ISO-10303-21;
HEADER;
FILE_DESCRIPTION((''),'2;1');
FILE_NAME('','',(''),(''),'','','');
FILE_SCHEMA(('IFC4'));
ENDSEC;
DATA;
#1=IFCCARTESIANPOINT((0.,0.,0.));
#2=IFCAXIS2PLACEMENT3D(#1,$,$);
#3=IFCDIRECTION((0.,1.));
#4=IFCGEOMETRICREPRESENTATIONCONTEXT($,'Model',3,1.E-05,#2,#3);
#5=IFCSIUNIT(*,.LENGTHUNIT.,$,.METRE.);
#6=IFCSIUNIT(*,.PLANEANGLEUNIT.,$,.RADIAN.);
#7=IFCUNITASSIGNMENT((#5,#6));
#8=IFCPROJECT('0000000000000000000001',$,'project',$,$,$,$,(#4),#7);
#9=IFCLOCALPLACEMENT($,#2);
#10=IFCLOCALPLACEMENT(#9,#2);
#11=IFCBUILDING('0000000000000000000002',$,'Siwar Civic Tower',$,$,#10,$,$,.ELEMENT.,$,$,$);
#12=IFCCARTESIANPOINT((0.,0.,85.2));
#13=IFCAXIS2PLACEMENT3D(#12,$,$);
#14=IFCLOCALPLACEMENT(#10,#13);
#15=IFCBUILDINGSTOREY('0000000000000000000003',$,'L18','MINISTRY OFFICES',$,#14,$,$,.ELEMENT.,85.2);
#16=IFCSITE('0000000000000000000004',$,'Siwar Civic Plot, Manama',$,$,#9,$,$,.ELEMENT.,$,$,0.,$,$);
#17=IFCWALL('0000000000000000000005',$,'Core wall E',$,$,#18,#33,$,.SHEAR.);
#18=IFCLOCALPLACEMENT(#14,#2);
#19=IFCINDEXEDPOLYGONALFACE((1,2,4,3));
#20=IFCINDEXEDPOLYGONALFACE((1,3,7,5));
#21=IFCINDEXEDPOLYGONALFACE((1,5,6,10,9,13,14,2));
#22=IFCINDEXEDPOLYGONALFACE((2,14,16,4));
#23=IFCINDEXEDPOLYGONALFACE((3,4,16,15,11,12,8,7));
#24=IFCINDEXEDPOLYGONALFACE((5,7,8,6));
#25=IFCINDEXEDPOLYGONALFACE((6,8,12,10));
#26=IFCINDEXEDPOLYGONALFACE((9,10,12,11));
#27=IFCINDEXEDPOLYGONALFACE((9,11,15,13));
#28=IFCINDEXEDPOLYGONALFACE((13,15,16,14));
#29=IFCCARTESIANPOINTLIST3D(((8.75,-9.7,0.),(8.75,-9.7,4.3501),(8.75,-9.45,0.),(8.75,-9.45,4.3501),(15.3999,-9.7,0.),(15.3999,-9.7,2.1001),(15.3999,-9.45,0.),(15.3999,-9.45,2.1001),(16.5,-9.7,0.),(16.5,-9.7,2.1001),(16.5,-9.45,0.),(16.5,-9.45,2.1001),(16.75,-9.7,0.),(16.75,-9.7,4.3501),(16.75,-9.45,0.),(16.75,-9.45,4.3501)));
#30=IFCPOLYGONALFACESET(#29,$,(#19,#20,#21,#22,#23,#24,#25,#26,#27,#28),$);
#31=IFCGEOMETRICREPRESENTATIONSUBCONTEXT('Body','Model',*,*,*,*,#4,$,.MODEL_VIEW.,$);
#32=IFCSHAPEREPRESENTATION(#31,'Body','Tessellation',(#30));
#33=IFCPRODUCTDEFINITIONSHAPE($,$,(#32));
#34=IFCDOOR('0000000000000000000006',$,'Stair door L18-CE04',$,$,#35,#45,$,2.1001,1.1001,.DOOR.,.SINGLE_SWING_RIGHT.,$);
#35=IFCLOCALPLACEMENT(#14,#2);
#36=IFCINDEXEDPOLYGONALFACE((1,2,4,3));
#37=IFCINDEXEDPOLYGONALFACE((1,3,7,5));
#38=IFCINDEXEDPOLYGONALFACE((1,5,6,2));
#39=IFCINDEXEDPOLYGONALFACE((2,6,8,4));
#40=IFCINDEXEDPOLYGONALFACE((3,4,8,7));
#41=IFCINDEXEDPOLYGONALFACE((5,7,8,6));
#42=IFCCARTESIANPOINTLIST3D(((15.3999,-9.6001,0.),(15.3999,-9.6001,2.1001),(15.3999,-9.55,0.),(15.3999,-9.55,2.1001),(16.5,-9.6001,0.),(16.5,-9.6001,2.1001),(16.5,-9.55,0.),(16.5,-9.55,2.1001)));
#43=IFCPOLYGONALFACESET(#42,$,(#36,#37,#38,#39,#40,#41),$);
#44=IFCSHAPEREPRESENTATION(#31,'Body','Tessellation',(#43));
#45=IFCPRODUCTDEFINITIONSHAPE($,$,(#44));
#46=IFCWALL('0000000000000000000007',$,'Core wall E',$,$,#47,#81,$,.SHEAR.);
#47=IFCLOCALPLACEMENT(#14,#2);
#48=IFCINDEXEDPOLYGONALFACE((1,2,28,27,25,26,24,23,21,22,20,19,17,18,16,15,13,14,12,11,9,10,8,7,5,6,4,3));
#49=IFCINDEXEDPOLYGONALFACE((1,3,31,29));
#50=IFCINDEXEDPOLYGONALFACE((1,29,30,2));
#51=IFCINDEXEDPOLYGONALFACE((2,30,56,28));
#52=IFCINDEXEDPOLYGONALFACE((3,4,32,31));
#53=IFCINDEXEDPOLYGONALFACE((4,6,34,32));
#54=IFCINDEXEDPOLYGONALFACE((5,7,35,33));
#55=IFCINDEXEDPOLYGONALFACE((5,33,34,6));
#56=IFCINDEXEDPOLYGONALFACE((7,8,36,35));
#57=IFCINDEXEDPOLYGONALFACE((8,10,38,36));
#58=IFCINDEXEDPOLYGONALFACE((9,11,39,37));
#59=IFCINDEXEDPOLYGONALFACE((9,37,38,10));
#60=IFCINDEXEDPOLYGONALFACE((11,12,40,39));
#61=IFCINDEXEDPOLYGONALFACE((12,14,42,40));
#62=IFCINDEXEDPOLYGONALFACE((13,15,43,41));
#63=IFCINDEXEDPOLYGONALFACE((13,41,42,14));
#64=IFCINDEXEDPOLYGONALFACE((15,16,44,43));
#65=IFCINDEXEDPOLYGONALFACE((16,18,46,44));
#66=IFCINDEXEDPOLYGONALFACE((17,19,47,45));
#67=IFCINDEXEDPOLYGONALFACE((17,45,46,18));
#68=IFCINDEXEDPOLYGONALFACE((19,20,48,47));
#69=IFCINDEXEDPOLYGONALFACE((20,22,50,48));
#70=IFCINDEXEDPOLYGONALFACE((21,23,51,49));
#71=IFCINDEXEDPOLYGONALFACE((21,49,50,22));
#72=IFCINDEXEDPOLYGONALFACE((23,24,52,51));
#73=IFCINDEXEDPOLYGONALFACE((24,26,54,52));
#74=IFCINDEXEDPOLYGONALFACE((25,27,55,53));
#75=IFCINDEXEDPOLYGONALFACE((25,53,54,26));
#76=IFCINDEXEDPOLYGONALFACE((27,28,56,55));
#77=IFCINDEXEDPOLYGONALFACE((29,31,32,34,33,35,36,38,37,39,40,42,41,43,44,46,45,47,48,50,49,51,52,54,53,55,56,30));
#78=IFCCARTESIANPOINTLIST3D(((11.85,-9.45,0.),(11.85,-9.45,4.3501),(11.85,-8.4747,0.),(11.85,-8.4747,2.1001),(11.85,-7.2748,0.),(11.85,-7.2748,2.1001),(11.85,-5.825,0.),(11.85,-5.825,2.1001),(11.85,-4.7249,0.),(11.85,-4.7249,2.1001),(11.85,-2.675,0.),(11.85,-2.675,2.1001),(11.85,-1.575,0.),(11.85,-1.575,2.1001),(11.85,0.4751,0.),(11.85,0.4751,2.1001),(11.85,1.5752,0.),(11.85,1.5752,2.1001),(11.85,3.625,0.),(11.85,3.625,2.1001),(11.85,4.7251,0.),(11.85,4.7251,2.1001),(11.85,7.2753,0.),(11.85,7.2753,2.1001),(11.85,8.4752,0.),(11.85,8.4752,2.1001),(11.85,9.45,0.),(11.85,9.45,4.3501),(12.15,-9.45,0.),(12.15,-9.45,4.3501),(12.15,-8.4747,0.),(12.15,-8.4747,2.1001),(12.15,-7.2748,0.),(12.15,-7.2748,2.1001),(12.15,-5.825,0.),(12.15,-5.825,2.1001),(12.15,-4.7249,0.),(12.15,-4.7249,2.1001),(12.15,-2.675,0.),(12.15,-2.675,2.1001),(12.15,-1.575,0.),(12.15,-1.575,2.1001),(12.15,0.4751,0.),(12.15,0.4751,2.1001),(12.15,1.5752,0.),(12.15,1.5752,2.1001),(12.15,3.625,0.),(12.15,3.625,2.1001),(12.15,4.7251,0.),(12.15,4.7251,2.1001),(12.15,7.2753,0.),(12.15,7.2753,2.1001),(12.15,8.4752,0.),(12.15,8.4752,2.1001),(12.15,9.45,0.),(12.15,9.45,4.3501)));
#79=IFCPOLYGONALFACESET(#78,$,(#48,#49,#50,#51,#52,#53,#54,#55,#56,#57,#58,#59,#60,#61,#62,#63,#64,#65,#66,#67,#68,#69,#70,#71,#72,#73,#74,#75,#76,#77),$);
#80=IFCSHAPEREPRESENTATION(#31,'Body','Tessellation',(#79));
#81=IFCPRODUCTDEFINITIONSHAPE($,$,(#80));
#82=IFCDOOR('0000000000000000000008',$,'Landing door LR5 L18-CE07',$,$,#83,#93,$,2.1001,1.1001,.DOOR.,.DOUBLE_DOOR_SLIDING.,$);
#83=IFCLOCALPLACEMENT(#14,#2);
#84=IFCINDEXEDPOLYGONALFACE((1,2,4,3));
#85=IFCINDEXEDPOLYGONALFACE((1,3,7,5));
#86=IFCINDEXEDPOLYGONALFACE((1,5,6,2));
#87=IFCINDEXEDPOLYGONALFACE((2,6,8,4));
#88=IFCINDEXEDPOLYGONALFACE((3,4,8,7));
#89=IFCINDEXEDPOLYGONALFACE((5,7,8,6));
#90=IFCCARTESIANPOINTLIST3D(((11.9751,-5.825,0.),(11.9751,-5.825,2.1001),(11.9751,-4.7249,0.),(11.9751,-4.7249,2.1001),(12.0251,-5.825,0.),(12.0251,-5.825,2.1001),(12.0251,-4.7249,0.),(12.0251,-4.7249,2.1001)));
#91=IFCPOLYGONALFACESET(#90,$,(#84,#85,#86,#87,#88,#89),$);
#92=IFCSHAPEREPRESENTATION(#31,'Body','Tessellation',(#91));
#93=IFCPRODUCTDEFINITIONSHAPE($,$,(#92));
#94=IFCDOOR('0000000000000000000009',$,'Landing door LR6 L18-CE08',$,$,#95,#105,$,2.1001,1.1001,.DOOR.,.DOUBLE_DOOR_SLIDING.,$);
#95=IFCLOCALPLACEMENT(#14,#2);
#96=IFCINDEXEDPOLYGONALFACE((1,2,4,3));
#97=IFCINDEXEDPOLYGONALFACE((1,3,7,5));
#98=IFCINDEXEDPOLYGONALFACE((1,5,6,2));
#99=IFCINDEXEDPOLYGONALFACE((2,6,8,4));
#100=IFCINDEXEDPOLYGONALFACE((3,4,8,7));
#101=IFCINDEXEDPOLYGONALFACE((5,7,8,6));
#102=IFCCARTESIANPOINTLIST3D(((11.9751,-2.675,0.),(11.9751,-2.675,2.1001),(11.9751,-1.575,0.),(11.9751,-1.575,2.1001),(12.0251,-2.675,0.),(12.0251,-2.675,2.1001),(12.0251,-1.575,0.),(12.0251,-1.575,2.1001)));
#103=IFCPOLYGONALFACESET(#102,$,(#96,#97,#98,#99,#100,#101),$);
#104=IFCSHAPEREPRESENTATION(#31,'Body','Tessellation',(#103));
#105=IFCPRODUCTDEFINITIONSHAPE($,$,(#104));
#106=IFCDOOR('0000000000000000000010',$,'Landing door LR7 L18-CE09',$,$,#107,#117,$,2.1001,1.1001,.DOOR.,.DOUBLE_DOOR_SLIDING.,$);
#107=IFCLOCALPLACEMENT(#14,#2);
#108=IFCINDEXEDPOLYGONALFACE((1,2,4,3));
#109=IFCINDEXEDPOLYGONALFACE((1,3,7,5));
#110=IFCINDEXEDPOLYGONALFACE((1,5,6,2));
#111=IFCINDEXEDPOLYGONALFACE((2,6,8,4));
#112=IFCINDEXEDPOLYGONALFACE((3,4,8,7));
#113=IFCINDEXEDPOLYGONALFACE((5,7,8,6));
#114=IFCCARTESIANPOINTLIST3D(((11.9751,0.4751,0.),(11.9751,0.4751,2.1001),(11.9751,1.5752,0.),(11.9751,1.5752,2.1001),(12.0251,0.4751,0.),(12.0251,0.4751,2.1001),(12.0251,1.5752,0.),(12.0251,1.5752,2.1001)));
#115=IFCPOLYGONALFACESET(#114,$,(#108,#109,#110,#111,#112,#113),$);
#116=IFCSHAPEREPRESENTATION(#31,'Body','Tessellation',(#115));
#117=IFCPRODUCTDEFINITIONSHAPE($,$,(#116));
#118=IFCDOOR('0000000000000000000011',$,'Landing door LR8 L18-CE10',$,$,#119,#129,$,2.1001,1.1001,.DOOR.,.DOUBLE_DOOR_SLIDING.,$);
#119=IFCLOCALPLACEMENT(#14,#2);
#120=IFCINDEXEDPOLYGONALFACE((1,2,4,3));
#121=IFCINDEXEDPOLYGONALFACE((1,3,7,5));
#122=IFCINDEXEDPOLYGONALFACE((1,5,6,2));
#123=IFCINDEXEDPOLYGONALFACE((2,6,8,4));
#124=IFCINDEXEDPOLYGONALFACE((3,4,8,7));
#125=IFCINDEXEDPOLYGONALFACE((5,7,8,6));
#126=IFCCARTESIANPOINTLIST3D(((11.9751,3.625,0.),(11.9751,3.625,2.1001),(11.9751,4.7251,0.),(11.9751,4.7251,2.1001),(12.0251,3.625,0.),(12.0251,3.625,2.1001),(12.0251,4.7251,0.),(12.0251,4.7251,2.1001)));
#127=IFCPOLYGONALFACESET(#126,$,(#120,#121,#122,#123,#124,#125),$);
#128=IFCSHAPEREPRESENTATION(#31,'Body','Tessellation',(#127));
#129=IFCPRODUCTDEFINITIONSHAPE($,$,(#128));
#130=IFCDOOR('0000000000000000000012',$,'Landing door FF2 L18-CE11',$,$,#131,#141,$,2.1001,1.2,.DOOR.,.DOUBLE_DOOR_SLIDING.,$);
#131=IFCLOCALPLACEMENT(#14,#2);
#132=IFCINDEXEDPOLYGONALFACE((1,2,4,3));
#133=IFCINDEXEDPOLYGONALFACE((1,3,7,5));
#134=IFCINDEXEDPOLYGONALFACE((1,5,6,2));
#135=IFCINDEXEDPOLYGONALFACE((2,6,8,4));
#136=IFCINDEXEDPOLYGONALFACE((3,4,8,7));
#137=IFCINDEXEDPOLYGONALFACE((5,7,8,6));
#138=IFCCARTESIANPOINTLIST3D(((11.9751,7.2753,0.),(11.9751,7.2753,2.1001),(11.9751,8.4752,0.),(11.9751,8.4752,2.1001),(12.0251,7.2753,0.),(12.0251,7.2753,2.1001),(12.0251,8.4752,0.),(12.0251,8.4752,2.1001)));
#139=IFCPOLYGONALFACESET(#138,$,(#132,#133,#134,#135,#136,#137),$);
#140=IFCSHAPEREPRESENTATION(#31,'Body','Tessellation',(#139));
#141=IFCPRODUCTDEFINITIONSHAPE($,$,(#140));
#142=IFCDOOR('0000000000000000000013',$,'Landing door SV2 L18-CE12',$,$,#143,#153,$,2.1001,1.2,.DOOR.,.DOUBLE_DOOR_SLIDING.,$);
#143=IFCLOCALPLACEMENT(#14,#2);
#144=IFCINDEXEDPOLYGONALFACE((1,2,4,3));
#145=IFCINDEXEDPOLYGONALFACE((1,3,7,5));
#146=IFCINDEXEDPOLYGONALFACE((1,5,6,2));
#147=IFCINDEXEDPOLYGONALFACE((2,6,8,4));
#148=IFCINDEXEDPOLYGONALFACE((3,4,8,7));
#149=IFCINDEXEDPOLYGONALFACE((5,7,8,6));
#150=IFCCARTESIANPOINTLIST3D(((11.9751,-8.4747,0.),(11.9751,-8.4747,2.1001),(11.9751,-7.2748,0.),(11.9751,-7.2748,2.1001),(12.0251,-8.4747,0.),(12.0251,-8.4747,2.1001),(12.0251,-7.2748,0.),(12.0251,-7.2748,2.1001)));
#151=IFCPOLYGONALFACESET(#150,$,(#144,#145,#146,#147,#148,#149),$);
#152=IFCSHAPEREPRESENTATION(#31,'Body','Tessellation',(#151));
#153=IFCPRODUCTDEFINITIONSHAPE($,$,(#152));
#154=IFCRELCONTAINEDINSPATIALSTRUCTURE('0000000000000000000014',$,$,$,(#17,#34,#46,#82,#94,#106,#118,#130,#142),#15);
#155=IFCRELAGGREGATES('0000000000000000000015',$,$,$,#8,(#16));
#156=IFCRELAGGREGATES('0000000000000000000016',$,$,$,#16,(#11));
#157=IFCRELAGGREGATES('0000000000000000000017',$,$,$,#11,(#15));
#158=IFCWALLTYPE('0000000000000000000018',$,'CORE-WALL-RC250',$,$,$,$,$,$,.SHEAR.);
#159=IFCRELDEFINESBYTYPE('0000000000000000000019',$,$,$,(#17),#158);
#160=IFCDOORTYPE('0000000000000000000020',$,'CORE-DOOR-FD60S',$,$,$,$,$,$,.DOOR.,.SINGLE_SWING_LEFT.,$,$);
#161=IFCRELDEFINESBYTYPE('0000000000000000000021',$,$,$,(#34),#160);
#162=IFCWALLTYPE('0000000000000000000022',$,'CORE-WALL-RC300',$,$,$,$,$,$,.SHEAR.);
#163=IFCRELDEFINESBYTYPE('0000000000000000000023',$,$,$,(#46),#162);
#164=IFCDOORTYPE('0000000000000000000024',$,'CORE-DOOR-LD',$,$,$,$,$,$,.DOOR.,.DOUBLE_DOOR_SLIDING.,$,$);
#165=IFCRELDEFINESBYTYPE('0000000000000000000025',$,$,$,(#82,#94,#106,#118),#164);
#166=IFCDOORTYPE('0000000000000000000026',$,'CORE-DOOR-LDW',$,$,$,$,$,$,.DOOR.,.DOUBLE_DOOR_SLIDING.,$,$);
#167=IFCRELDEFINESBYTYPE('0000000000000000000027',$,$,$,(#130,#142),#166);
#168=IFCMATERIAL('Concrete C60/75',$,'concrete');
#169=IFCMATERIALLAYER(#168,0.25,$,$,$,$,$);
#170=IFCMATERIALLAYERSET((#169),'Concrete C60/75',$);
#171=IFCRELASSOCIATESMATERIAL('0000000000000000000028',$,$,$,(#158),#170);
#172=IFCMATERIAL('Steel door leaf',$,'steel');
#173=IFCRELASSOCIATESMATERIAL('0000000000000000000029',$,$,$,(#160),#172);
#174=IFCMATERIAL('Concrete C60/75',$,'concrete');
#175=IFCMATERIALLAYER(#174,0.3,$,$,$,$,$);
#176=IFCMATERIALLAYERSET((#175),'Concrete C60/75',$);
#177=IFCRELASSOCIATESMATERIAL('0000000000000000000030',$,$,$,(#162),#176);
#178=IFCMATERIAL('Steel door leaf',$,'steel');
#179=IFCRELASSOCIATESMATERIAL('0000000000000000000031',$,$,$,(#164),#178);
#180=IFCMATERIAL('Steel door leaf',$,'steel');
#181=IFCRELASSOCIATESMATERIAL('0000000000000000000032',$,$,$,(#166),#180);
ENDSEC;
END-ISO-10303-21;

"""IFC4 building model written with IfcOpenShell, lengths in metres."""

from ifc_helpers import new_model, si_unit, direction, frame, frame_2d, origin, place, context, subcontext, project, spatial, rectangle, extrude, material, layer, layer_set, type_object, element, fill, save


model = new_model("IFC4")

# Units and contexts
model_context = context("Model", 3, precision=1e-05, world=origin(), true_north=direction((0.0, 1.0)))
body_context = subcontext(model_context, "Body", "Model", "MODEL_VIEW")
ifc_project = project(units=[si_unit("LENGTHUNIT", "METRE"), si_unit("PLANEANGLEUNIT", "RADIAN")], contexts=[model_context])

# Site, building, storey
site_placement = place(None, origin())
site = spatial("IfcSite", under=ifc_project, at=site_placement, Name="Siwar Civic Plot, Manama", CompositionType="ELEMENT", RefElevation=0.0)
building_placement = place(site_placement, origin())
building = spatial("IfcBuilding", under=site, at=building_placement, Name="Siwar Civic Tower", CompositionType="ELEMENT")
storey_placement = place(building_placement, frame((0.0, 0.0, 85.2)))
storey = spatial("IfcBuildingStorey", under=building, at=storey_placement, Name="L18", Description="MINISTRY OFFICES", CompositionType="ELEMENT", Elevation=85.2)

# Wall, opening, door
ifc_material_1 = material(Name="Concrete C60/75", Category="concrete")
ifc_layer_1 = layer(ifc_material_1, 0.25)
ifc_layer_set_1 = layer_set([ifc_layer_1], Name="Concrete C60/75")
wall_type_1 = type_object("IfcWallType", Name="CORE-WALL-RC250", PredefinedType="SHEAR", material=ifc_layer_set_1)
wall_1_placement = place(storey_placement, frame((8.75, -9.575, 0.0), z_axis=(0.0, 0.0, 1.0), x_axis=(1.0, 0.0, 0.0)))
wall_1 = element("IfcWall", 1, at=wall_1_placement, inside=storey, type_object=wall_type_1, Name="Core wall E", PredefinedType="SHEAR", context=body_context, shape_type="SweptSolid", body=[
    extrude(rectangle(XDim=8.0, YDim=0.25, at=frame_2d((4.0, 0.0))), origin(), (0.0, 0.0, 1.0), 4.3501),
])
opening_1_placement = place(wall_1_placement, frame((6.6499, 0.0, 0.0)))
opening_1 = element("IfcOpeningElement", 2, at=opening_1_placement, cuts=wall_1, PredefinedType="OPENING", context=body_context, shape_type="SweptSolid", body=[
    extrude(rectangle(XDim=1.1001, YDim=2.1001, at=frame_2d((0.55, 1.05))), frame((0.0, 0.135, 0.0), z_axis=(0.0, -1.0, 0.0), x_axis=(1.0, 0.0, 0.0)), (0.0, 0.0, 1.0), 0.27),
])
ifc_material_2 = material(Name="Steel door leaf", Category="steel")
door_type_1 = type_object("IfcDoorType", Name="CORE-DOOR-FD60S", OperationType="SINGLE_SWING_LEFT", PredefinedType="DOOR", material=ifc_material_2)
door_1_placement = place(opening_1_placement, origin())
door_1 = element("IfcDoor", 3, at=door_1_placement, inside=storey, type_object=door_type_1, Name="Stair door L18-CE04", OperationType="SINGLE_SWING_RIGHT", OverallHeight=2.1001, OverallWidth=1.1001, PredefinedType="DOOR", context=body_context, shape_type="SweptSolid", body=[
    extrude(rectangle(XDim=1.1001, YDim=2.1001, at=frame_2d((0.55, 1.05))), frame((0.0, 0.0249, 0.0), z_axis=(0.0, -1.0, 0.0), x_axis=(1.0, 0.0, 0.0)), (0.0, 0.0, 1.0), 0.05),
])
fill(opening_1, door_1)

# Wall, openings, doors
ifc_material_3 = material(Name="Concrete C60/75", Category="concrete")
ifc_layer_2 = layer(ifc_material_3, 0.3)
ifc_layer_set_2 = layer_set([ifc_layer_2], Name="Concrete C60/75")
wall_type_2 = type_object("IfcWallType", Name="CORE-WALL-RC300", PredefinedType="SHEAR", material=ifc_layer_set_2)
wall_2_placement = place(storey_placement, frame((12.0, -9.45, 0.0), z_axis=(0.0, 0.0, 1.0), x_axis=(0.0, 1.0, 0.0)))
wall_2 = element("IfcWall", 4, at=wall_2_placement, inside=storey, type_object=wall_type_2, Name="Core wall E", PredefinedType="SHEAR", context=body_context, shape_type="SweptSolid", body=[
    extrude(rectangle(XDim=18.8999, YDim=0.3, at=frame_2d((9.45, 0.0))), origin(), (0.0, 0.0, 1.0), 4.3501),
])
opening_2_placement = place(wall_2_placement, frame((3.625, 0.0, 0.0)))
opening_2 = element("IfcOpeningElement", 5, at=opening_2_placement, cuts=wall_2, PredefinedType="OPENING", context=body_context, shape_type="SweptSolid", body=[
    extrude(rectangle(XDim=1.1001, YDim=2.1001, at=frame_2d((0.55, 1.05))), frame((0.0, 0.1602, 0.0), z_axis=(0.0, -1.0, 0.0), x_axis=(1.0, 0.0, 0.0)), (0.0, 0.0, 1.0), 0.3201),
])
opening_3_placement = place(wall_2_placement, frame((6.7749, 0.0, 0.0)))
opening_3 = element("IfcOpeningElement", 6, at=opening_3_placement, cuts=wall_2, PredefinedType="OPENING", context=body_context, shape_type="SweptSolid", body=[
    extrude(rectangle(XDim=1.1001, YDim=2.1001, at=frame_2d((0.55, 1.05))), frame((0.0, 0.1602, 0.0), z_axis=(0.0, -1.0, 0.0), x_axis=(1.0, 0.0, 0.0)), (0.0, 0.0, 1.0), 0.3201),
])
opening_4_placement = place(wall_2_placement, frame((9.925, 0.0, 0.0)))
opening_4 = element("IfcOpeningElement", 7, at=opening_4_placement, cuts=wall_2, PredefinedType="OPENING", context=body_context, shape_type="SweptSolid", body=[
    extrude(rectangle(XDim=1.1001, YDim=2.1001, at=frame_2d((0.55, 1.05))), frame((0.0, 0.1602, 0.0), z_axis=(0.0, -1.0, 0.0), x_axis=(1.0, 0.0, 0.0)), (0.0, 0.0, 1.0), 0.3201),
])
opening_5_placement = place(wall_2_placement, frame((13.075, 0.0, 0.0)))
opening_5 = element("IfcOpeningElement", 8, at=opening_5_placement, cuts=wall_2, PredefinedType="OPENING", context=body_context, shape_type="SweptSolid", body=[
    extrude(rectangle(XDim=1.1001, YDim=2.1001, at=frame_2d((0.55, 1.05))), frame((0.0, 0.1602, 0.0), z_axis=(0.0, -1.0, 0.0), x_axis=(1.0, 0.0, 0.0)), (0.0, 0.0, 1.0), 0.3201),
])
opening_6_placement = place(wall_2_placement, frame((16.7251, 0.0, 0.0)))
opening_6 = element("IfcOpeningElement", 9, at=opening_6_placement, cuts=wall_2, PredefinedType="OPENING", context=body_context, shape_type="SweptSolid", body=[
    extrude(rectangle(XDim=1.2, YDim=2.1001, at=frame_2d((0.6001, 1.05))), frame((0.0, 0.1602, 0.0), z_axis=(0.0, -1.0, 0.0), x_axis=(1.0, 0.0, 0.0)), (0.0, 0.0, 1.0), 0.3201),
])
opening_7_placement = place(wall_2_placement, frame((0.9751, 0.0, 0.0)))
opening_7 = element("IfcOpeningElement", 10, at=opening_7_placement, cuts=wall_2, PredefinedType="OPENING", context=body_context, shape_type="SweptSolid", body=[
    extrude(rectangle(XDim=1.2, YDim=2.1001, at=frame_2d((0.6001, 1.05))), frame((0.0, 0.1602, 0.0), z_axis=(0.0, -1.0, 0.0), x_axis=(1.0, 0.0, 0.0)), (0.0, 0.0, 1.0), 0.3201),
])
ifc_material_4 = material(Name="Steel door leaf", Category="steel")
door_type_2 = type_object("IfcDoorType", Name="CORE-DOOR-LD", OperationType="DOUBLE_DOOR_SLIDING", PredefinedType="DOOR", material=ifc_material_4)
door_2_placement = place(opening_2_placement, origin())
door_2 = element("IfcDoor", 11, at=door_2_placement, inside=storey, type_object=door_type_2, Name="Landing door LR5 L18-CE07", OperationType="DOUBLE_DOOR_SLIDING", OverallHeight=2.1001, OverallWidth=1.1001, PredefinedType="DOOR", context=body_context, shape_type="SweptSolid", body=[
    extrude(rectangle(XDim=1.1001, YDim=2.1001, at=frame_2d((0.55, 1.05))), frame((0.0, 0.0249, 0.0), z_axis=(0.0, -1.0, 0.0), x_axis=(1.0, 0.0, 0.0)), (0.0, 0.0, 1.0), 0.05),
])
fill(opening_2, door_2)
door_3_placement = place(opening_3_placement, origin())
door_3 = element("IfcDoor", 12, at=door_3_placement, inside=storey, type_object=door_type_2, Name="Landing door LR6 L18-CE08", OperationType="DOUBLE_DOOR_SLIDING", OverallHeight=2.1001, OverallWidth=1.1001, PredefinedType="DOOR", context=body_context, shape_type="SweptSolid", body=[
    extrude(rectangle(XDim=1.1001, YDim=2.1001, at=frame_2d((0.55, 1.05))), frame((0.0, 0.0249, 0.0), z_axis=(0.0, -1.0, 0.0), x_axis=(1.0, 0.0, 0.0)), (0.0, 0.0, 1.0), 0.05),
])
fill(opening_3, door_3)
door_4_placement = place(opening_4_placement, origin())
door_4 = element("IfcDoor", 13, at=door_4_placement, inside=storey, type_object=door_type_2, Name="Landing door LR7 L18-CE09", OperationType="DOUBLE_DOOR_SLIDING", OverallHeight=2.1001, OverallWidth=1.1001, PredefinedType="DOOR", context=body_context, shape_type="SweptSolid", body=[
    extrude(rectangle(XDim=1.1001, YDim=2.1001, at=frame_2d((0.55, 1.05))), frame((0.0, 0.0249, 0.0), z_axis=(0.0, -1.0, 0.0), x_axis=(1.0, 0.0, 0.0)), (0.0, 0.0, 1.0), 0.05),
])
fill(opening_4, door_4)
door_5_placement = place(opening_5_placement, origin())
door_5 = element("IfcDoor", 14, at=door_5_placement, inside=storey, type_object=door_type_2, Name="Landing door LR8 L18-CE10", OperationType="DOUBLE_DOOR_SLIDING", OverallHeight=2.1001, OverallWidth=1.1001, PredefinedType="DOOR", context=body_context, shape_type="SweptSolid", body=[
    extrude(rectangle(XDim=1.1001, YDim=2.1001, at=frame_2d((0.55, 1.05))), frame((0.0, 0.0249, 0.0), z_axis=(0.0, -1.0, 0.0), x_axis=(1.0, 0.0, 0.0)), (0.0, 0.0, 1.0), 0.05),
])
fill(opening_5, door_5)
ifc_material_5 = material(Name="Steel door leaf", Category="steel")
door_type_3 = type_object("IfcDoorType", Name="CORE-DOOR-LDW", OperationType="DOUBLE_DOOR_SLIDING", PredefinedType="DOOR", material=ifc_material_5)
door_6_placement = place(opening_6_placement, origin())
door_6 = element("IfcDoor", 15, at=door_6_placement, inside=storey, type_object=door_type_3, Name="Landing door FF2 L18-CE11", OperationType="DOUBLE_DOOR_SLIDING", OverallHeight=2.1001, OverallWidth=1.2, PredefinedType="DOOR", context=body_context, shape_type="SweptSolid", body=[
    extrude(rectangle(XDim=1.2, YDim=2.1001, at=frame_2d((0.6001, 1.05))), frame((0.0, 0.0249, 0.0), z_axis=(0.0, -1.0, 0.0), x_axis=(1.0, 0.0, 0.0)), (0.0, 0.0, 1.0), 0.05),
])
fill(opening_6, door_6)
door_7_placement = place(opening_7_placement, origin())
door_7 = element("IfcDoor", 16, at=door_7_placement, inside=storey, type_object=door_type_3, Name="Landing door SV2 L18-CE12", OperationType="DOUBLE_DOOR_SLIDING", OverallHeight=2.1001, OverallWidth=1.2, PredefinedType="DOOR", context=body_context, shape_type="SweptSolid", body=[
    extrude(rectangle(XDim=1.2, YDim=2.1001, at=frame_2d((0.6001, 1.05))), frame((0.0, 0.0249, 0.0), z_axis=(0.0, -1.0, 0.0), x_axis=(1.0, 0.0, 0.0)), (0.0, 0.0, 1.0), 0.05),
])
fill(opening_7, door_7)

save(model, "model.ifc")
